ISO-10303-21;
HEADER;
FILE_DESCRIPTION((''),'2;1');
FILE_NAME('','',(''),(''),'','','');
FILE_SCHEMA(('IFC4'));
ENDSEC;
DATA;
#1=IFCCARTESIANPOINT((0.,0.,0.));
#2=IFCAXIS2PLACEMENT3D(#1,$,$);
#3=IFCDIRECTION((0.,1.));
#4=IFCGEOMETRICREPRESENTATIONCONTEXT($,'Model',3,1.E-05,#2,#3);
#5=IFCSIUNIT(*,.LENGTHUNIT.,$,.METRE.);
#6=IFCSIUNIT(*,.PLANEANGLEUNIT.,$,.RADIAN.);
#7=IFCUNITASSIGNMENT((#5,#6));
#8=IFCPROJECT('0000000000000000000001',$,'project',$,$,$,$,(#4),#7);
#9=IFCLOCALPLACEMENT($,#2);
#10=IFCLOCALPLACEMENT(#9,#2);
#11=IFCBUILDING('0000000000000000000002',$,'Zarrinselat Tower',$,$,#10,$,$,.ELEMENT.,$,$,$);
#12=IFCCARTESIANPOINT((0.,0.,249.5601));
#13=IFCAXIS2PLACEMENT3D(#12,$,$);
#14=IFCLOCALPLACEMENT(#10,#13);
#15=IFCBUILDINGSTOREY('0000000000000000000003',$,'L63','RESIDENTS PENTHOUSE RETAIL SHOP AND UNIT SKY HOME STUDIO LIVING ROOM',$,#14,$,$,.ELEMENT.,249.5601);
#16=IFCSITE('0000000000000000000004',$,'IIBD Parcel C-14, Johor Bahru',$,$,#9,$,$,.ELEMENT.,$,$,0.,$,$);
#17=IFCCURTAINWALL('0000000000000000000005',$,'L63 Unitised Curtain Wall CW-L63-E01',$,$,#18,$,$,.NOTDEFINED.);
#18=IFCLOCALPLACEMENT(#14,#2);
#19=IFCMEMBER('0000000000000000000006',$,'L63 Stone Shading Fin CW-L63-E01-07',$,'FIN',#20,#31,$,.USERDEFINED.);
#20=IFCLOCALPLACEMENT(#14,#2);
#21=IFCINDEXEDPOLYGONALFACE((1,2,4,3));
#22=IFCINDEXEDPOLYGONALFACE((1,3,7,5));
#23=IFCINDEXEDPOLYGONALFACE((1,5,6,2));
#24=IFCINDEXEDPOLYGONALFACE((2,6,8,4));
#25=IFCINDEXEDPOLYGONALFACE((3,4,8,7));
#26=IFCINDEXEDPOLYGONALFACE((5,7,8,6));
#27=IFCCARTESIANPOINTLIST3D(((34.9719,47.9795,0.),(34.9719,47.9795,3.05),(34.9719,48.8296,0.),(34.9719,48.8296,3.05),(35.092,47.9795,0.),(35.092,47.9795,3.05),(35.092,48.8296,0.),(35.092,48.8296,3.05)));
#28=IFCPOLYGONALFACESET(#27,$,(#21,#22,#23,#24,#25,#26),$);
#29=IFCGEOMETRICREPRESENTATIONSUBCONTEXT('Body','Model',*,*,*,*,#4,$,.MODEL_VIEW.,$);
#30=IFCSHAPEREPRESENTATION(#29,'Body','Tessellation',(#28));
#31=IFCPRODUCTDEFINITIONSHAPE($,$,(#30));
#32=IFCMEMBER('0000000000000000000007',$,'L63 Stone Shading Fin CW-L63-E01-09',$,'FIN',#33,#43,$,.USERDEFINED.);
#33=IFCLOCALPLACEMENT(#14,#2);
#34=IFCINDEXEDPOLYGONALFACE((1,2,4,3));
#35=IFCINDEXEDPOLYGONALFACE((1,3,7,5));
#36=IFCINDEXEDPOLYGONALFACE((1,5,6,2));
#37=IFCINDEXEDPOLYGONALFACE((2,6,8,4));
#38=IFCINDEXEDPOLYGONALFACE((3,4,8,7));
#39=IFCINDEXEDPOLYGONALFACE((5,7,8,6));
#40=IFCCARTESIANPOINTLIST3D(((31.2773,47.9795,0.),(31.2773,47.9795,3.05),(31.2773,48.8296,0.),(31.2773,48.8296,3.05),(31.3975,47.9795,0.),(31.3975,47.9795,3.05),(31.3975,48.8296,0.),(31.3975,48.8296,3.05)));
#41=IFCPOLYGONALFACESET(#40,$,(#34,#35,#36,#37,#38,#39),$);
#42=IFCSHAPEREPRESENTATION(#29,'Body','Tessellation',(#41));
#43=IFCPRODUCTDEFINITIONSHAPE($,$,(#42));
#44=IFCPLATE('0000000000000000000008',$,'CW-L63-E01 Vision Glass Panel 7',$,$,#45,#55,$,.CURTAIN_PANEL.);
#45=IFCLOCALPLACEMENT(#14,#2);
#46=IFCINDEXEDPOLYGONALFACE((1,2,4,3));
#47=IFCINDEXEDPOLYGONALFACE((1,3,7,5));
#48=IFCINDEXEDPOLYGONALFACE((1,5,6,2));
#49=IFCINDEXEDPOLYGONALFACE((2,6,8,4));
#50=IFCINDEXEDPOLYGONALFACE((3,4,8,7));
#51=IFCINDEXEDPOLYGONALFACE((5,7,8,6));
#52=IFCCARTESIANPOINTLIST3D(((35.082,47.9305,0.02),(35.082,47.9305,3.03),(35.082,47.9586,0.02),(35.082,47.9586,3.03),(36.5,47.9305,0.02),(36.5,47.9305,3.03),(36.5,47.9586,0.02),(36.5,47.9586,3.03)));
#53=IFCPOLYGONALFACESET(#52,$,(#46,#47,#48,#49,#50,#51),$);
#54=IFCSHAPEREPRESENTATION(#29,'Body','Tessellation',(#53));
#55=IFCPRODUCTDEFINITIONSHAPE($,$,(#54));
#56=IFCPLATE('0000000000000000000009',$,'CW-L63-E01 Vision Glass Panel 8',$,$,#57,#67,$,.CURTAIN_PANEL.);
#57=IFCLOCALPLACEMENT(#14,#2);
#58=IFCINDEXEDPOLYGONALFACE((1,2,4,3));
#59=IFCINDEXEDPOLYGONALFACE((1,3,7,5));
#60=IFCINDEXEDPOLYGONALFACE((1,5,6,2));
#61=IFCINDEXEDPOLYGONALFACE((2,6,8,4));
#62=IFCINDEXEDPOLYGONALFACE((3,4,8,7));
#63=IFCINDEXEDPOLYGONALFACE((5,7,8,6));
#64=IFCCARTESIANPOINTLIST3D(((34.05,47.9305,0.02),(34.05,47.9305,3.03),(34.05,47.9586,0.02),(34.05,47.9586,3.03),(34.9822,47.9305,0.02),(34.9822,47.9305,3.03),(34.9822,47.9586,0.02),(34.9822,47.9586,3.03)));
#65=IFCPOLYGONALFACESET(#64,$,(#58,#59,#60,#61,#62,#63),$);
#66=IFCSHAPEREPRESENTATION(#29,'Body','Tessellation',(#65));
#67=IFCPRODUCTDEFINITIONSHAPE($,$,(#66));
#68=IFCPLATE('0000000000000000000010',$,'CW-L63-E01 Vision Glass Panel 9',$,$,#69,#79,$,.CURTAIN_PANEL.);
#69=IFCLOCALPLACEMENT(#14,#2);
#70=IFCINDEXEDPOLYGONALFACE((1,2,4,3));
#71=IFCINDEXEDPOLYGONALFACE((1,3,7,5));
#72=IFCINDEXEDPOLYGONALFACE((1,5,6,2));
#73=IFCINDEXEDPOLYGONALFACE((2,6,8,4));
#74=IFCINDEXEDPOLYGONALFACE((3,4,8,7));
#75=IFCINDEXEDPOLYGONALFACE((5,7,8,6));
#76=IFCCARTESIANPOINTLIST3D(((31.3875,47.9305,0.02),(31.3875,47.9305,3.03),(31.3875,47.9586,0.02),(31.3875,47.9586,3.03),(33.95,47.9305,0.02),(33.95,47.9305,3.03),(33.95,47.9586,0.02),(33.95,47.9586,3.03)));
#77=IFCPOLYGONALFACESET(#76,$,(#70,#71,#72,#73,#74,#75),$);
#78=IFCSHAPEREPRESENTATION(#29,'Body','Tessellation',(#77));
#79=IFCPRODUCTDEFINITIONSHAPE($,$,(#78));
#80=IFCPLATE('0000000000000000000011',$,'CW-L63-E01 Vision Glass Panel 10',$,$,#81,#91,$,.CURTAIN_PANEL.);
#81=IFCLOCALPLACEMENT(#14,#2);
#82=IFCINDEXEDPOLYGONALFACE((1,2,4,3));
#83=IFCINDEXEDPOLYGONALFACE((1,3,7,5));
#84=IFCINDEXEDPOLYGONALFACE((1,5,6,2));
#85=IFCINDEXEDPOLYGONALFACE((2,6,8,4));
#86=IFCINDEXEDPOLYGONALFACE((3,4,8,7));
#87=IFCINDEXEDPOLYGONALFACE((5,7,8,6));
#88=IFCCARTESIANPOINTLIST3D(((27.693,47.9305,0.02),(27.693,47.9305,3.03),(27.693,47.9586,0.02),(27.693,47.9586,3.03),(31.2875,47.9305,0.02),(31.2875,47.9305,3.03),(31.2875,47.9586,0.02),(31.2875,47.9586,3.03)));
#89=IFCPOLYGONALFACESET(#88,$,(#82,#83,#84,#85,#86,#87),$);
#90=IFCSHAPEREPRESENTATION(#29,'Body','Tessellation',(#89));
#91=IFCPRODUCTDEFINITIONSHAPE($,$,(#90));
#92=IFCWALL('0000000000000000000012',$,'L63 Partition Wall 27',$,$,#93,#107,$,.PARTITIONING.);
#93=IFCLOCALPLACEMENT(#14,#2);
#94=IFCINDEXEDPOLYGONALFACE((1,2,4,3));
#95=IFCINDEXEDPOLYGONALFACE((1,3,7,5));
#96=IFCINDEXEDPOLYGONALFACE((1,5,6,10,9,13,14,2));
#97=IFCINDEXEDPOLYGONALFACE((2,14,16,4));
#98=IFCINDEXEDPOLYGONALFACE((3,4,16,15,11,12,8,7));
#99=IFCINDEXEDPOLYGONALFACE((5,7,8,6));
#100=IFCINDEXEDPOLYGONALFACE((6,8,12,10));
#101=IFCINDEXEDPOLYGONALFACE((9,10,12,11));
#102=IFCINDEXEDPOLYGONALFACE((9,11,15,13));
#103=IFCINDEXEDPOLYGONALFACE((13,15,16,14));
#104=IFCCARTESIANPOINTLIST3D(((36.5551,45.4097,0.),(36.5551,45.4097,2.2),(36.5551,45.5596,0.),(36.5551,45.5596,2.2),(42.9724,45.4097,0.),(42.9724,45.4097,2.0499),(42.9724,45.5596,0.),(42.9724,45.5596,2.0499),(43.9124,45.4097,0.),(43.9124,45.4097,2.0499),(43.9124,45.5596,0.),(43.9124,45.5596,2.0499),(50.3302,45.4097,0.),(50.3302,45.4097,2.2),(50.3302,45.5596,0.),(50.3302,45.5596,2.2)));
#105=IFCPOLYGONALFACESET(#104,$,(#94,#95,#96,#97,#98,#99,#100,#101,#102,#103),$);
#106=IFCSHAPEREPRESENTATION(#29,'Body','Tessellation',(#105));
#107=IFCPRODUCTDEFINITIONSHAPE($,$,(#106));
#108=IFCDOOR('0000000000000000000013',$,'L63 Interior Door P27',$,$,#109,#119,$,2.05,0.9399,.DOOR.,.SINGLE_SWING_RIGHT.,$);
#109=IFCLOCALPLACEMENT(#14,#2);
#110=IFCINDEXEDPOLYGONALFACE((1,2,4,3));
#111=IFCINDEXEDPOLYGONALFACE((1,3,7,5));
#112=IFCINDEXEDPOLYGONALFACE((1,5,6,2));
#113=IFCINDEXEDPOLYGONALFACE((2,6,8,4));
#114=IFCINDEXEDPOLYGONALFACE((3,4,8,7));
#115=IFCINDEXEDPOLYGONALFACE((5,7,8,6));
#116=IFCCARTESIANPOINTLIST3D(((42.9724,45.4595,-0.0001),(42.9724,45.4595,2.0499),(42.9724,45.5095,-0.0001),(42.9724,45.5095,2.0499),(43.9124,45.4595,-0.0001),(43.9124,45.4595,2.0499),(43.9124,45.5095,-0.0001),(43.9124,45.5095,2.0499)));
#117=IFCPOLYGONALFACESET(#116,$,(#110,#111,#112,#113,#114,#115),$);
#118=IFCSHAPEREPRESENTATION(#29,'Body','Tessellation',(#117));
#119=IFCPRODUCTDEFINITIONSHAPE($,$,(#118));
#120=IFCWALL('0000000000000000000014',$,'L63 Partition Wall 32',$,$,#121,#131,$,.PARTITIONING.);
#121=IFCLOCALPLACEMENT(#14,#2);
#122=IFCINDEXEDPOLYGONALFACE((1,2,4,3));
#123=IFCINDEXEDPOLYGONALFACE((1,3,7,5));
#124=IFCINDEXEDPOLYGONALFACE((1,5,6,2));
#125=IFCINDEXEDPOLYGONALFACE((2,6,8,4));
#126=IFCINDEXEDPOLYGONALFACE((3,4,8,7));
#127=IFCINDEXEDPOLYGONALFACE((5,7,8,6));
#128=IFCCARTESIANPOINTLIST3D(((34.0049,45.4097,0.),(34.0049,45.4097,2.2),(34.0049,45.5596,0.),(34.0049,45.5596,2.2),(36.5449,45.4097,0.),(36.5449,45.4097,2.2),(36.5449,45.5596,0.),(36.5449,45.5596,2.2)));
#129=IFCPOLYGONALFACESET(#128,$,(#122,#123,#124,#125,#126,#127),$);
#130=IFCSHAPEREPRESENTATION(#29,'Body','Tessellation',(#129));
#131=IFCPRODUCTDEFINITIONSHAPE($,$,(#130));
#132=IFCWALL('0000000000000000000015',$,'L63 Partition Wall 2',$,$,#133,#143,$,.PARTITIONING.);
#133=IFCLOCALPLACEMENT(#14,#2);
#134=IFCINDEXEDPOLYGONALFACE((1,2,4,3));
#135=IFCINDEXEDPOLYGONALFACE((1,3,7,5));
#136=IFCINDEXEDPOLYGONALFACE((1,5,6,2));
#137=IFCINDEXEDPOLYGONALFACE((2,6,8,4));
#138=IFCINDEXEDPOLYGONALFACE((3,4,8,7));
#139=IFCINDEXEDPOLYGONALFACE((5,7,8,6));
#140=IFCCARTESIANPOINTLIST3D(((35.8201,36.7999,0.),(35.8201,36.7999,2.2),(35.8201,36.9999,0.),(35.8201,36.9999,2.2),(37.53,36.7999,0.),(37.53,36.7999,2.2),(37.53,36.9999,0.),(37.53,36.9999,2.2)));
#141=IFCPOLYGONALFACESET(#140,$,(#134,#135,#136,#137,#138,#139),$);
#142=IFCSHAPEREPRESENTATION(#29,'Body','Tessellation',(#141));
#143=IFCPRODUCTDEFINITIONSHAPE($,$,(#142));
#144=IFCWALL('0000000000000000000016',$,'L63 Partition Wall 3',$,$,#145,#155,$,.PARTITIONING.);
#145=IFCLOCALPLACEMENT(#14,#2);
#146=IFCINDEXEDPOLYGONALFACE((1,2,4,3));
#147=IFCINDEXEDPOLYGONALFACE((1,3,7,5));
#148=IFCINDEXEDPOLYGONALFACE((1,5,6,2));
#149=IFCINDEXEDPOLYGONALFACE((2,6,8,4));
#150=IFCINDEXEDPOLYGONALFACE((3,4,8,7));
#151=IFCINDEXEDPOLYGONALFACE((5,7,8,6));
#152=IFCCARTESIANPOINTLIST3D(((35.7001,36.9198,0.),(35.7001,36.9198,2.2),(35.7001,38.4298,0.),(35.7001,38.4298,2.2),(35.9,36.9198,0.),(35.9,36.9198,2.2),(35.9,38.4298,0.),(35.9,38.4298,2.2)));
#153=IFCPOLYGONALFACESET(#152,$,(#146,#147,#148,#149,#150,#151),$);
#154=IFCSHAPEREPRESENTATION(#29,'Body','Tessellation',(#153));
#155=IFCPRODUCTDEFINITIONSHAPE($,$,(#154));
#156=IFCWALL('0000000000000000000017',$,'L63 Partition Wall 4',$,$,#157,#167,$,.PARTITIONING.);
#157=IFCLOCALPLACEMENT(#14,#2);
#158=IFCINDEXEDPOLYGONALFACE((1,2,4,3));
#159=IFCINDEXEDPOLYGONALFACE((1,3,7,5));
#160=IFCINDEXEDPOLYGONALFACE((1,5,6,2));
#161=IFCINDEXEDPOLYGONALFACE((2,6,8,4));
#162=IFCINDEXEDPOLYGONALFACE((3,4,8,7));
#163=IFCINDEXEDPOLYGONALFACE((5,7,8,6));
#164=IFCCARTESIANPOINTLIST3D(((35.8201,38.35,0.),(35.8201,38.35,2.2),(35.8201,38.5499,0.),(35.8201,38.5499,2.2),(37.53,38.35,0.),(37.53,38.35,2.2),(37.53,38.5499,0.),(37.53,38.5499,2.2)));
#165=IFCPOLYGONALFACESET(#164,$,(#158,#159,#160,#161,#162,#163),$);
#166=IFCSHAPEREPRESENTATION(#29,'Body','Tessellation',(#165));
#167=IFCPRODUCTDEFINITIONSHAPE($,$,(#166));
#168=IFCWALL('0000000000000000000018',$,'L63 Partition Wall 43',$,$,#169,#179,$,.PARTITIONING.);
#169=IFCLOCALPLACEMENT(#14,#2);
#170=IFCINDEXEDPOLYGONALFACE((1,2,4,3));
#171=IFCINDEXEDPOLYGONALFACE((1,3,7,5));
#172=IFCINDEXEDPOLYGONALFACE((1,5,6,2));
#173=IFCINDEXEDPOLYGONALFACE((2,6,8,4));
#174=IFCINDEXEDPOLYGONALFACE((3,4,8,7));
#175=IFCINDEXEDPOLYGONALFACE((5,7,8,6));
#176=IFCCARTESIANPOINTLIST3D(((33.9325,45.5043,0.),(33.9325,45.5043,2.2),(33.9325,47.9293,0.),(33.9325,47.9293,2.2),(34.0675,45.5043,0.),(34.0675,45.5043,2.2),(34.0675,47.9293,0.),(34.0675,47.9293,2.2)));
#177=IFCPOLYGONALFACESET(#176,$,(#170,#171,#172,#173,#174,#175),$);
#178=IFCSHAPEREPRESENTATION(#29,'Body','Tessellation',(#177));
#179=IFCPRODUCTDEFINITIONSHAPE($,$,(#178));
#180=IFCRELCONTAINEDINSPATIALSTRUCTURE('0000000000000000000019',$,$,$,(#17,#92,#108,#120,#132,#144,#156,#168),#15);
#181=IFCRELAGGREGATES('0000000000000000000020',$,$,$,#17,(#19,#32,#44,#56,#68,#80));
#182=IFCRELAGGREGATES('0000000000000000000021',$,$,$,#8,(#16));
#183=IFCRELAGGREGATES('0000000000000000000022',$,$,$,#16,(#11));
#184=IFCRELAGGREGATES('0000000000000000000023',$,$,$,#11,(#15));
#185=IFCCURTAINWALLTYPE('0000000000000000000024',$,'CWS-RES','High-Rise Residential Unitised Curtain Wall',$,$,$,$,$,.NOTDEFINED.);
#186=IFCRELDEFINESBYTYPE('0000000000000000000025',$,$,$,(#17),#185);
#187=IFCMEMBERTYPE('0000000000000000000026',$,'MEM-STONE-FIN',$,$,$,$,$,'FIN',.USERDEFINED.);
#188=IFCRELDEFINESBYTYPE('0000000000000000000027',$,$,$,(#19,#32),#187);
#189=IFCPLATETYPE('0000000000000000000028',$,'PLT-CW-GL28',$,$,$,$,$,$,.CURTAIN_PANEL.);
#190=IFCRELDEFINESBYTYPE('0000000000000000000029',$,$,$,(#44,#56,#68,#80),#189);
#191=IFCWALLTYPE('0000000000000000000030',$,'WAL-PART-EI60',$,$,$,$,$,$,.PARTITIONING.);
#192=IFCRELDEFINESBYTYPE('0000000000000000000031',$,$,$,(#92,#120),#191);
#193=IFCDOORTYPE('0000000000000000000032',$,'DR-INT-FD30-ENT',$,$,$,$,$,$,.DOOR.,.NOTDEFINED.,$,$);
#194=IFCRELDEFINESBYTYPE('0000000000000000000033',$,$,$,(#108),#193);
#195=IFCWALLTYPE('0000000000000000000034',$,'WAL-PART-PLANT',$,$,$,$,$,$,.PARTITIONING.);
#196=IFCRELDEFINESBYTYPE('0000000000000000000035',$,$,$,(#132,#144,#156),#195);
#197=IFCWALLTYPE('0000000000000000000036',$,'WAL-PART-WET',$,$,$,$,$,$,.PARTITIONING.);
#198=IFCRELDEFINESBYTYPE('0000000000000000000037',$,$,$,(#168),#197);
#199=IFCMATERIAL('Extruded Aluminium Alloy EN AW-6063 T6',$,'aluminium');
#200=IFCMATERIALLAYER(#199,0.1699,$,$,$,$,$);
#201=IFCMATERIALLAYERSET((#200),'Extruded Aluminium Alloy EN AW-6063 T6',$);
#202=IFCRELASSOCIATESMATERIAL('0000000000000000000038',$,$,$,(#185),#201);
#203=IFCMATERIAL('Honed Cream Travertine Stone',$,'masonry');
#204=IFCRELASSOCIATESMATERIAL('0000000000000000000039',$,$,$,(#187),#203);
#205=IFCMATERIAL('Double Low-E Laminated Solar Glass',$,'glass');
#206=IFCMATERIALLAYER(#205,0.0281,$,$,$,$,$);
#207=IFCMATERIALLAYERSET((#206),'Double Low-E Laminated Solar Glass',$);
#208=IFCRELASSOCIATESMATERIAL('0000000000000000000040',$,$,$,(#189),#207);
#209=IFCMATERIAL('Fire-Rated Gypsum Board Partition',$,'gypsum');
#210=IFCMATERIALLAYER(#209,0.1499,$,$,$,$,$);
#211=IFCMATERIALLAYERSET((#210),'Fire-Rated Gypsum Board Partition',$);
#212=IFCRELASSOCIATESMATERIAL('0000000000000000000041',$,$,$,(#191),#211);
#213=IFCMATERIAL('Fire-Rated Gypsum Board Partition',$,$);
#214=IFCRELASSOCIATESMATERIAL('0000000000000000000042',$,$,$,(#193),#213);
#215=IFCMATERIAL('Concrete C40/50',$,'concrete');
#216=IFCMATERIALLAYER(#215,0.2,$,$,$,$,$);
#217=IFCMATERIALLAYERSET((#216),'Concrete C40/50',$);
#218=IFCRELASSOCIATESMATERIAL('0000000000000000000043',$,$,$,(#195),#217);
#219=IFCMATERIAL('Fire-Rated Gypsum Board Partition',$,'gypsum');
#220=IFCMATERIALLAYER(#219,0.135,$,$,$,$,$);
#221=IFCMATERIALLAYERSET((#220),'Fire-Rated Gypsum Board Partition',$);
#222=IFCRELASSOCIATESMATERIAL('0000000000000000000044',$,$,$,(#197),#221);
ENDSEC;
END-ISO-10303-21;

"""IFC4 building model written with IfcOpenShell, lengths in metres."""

from ifc_helpers import new_model, si_unit, direction, frame, frame_2d, origin, origin_2d, place, context, subcontext, project, spatial, rectangle, extrude, material, layer, layer_set, material_profile, profile_set, type_object, element, fill, aggregate, save


model = new_model("IFC4")

# Units and contexts
model_context = context("Model", 3, precision=1e-05, world=origin(), true_north=direction((0.0, 1.0)))
body_context = subcontext(model_context, "Body", "Model", "MODEL_VIEW")
ifc_project = project(units=[si_unit("LENGTHUNIT", "METRE"), si_unit("PLANEANGLEUNIT", "RADIAN")], contexts=[model_context])

# Site, building, storey
site_placement = place(None, origin())
site = spatial("IfcSite", under=ifc_project, at=site_placement, Name="IIBD Parcel C-14, Johor Bahru", CompositionType="ELEMENT", RefElevation=0.0)
building_placement = place(site_placement, origin())
building = spatial("IfcBuilding", under=site, at=building_placement, Name="Zarrinselat Tower", CompositionType="ELEMENT")
storey_placement = place(building_placement, frame((0.0, 0.0, 249.5601)))
storey = spatial("IfcBuildingStorey", under=building, at=storey_placement, Name="L63", Description="RESIDENTS PENTHOUSE RETAIL SHOP AND UNIT SKY HOME STUDIO LIVING ROOM", CompositionType="ELEMENT", Elevation=249.5601)

# Curtain wall, members, plates
ifc_material_1 = material(Name="Extruded Aluminium Alloy EN AW-6063 T6", Category="aluminium")
ifc_layer_1 = layer(ifc_material_1, 0.1699)
ifc_layer_set_1 = layer_set([ifc_layer_1], Name="Extruded Aluminium Alloy EN AW-6063 T6")
curtain_wall_type = type_object("IfcCurtainWallType", Name="CWS-RES", Description="High-Rise Residential Unitised Curtain Wall", PredefinedType="NOTDEFINED", material=ifc_layer_set_1)
curtain_wall_placement = place(storey_placement, origin())
curtain_wall = element("IfcCurtainWall", 1, at=curtain_wall_placement, inside=storey, type_object=curtain_wall_type, Name="L63 Unitised Curtain Wall CW-L63-E01", PredefinedType="NOTDEFINED")
ifc_material_2 = material(Name="Honed Cream Travertine Stone", Category="masonry")
ifc_material_profile_1 = material_profile(ifc_material_2, rectangle(XDim=0.1201, YDim=0.8501, at=origin_2d()), Name="FIN 850x120")
ifc_profile_set_1 = profile_set([ifc_material_profile_1], Name="Honed Cream Travertine Stone")
member_type_1 = type_object("IfcMemberType", Name="MEM-STONE-FIN", ElementType="FIN", PredefinedType="USERDEFINED", material=ifc_profile_set_1)
member_1_placement = place(storey_placement, frame((35.032, 48.4045, 0.0), z_axis=(0.0, 0.0, 1.0), x_axis=(1.0, 0.0, 0.0)))
member_1 = element("IfcMember", 2, at=member_1_placement, type_object=member_type_1, Name="L63 Stone Shading Fin CW-L63-E01-07", ObjectType="FIN", PredefinedType="USERDEFINED", context=body_context, shape_type="SweptSolid", body=[
    extrude(rectangle(XDim=0.1201, YDim=0.8501, at=origin_2d()), origin(), (0.0, 0.0, 1.0), 3.05),
])
member_2_placement = place(storey_placement, frame((31.3374, 48.4045, 0.0), z_axis=(0.0, 0.0, 1.0), x_axis=(1.0, 0.0, 0.0)))
member_2 = element("IfcMember", 3, at=member_2_placement, type_object=member_type_1, Name="L63 Stone Shading Fin CW-L63-E01-09", ObjectType="FIN", PredefinedType="USERDEFINED", context=body_context, shape_type="SweptSolid", body=[
    extrude(rectangle(XDim=0.1201, YDim=0.8501, at=origin_2d()), origin(), (0.0, 0.0, 1.0), 3.05),
])
ifc_material_3 = material(Name="Double Low-E Laminated Solar Glass", Category="glass")
ifc_layer_2 = layer(ifc_material_3, 0.0281)
ifc_layer_set_2 = layer_set([ifc_layer_2], Name="Double Low-E Laminated Solar Glass")
plate_type = type_object("IfcPlateType", Name="PLT-CW-GL28", PredefinedType="CURTAIN_PANEL", material=ifc_layer_set_2)
plate_1_placement = place(storey_placement, frame((35.791, 47.9446, 0.02), z_axis=(0.0, 0.0, 1.0), x_axis=(-1.0, 0.0, 0.0)))
plate_1 = element("IfcPlate", 4, at=plate_1_placement, type_object=plate_type, Name="CW-L63-E01 Vision Glass Panel 7", PredefinedType="CURTAIN_PANEL", context=body_context, shape_type="SweptSolid", body=[
    extrude(rectangle(XDim=1.418, YDim=0.0281, at=origin_2d()), origin(), (0.0, 0.0, 1.0), 3.01),
])
plate_2_placement = place(storey_placement, frame((34.5161, 47.9446, 0.02), z_axis=(0.0, 0.0, 1.0), x_axis=(-1.0, 0.0, 0.0)))
plate_2 = element("IfcPlate", 5, at=plate_2_placement, type_object=plate_type, Name="CW-L63-E01 Vision Glass Panel 8", PredefinedType="CURTAIN_PANEL", context=body_context, shape_type="SweptSolid", body=[
    extrude(rectangle(XDim=0.9321, YDim=0.0281, at=origin_2d()), origin(), (0.0, 0.0, 1.0), 3.01),
])
plate_3_placement = place(storey_placement, frame((32.6687, 47.9446, 0.02), z_axis=(0.0, 0.0, 1.0), x_axis=(-1.0, 0.0, 0.0)))
plate_3 = element("IfcPlate", 6, at=plate_3_placement, type_object=plate_type, Name="CW-L63-E01 Vision Glass Panel 9", PredefinedType="CURTAIN_PANEL", context=body_context, shape_type="SweptSolid", body=[
    extrude(rectangle(XDim=2.5625, YDim=0.0281, at=origin_2d()), origin(), (0.0, 0.0, 1.0), 3.01),
])
plate_4_placement = place(storey_placement, frame((29.4902, 47.9446, 0.02), z_axis=(0.0, 0.0, 1.0), x_axis=(-1.0, 0.0, 0.0)))
plate_4 = element("IfcPlate", 7, at=plate_4_placement, type_object=plate_type, Name="CW-L63-E01 Vision Glass Panel 10", PredefinedType="CURTAIN_PANEL", context=body_context, shape_type="SweptSolid", body=[
    extrude(rectangle(XDim=3.5945, YDim=0.0281, at=origin_2d()), origin(), (0.0, 0.0, 1.0), 3.01),
])
aggregate(curtain_wall, [member_1, member_2, plate_1, plate_2, plate_3, plate_4])

# Wall, opening, door
ifc_material_4 = material(Name="Fire-Rated Gypsum Board Partition", Category="gypsum")
ifc_layer_3 = layer(ifc_material_4, 0.1499)
ifc_layer_set_3 = layer_set([ifc_layer_3], Name="Fire-Rated Gypsum Board Partition")
wall_type_1 = type_object("IfcWallType", Name="WAL-PART-EI60", PredefinedType="PARTITIONING", material=ifc_layer_set_3)
wall_1_placement = place(storey_placement, frame((36.5549, 45.4846, 0.0), z_axis=(0.0, 0.0, 1.0), x_axis=(1.0, 0.0, 0.0)))
wall_1 = element("IfcWall", 8, at=wall_1_placement, inside=storey, type_object=wall_type_1, Name="L63 Partition Wall 27", PredefinedType="PARTITIONING", context=body_context, shape_type="SweptSolid", body=[
    extrude(rectangle(XDim=13.7751, YDim=0.1499, at=frame_2d((6.8877, 0.0))), origin(), (0.0, 0.0, 1.0), 2.2),
])
opening_1_placement = place(wall_1_placement, frame((6.4175, 0.0, 0.0)))
opening_1 = element("IfcOpeningElement", 9, at=opening_1_placement, cuts=wall_1, PredefinedType="OPENING", context=body_context, shape_type="SweptSolid", body=[
    extrude(rectangle(XDim=0.9399, YDim=2.05, at=frame_2d((0.47, 1.0249))), frame((0.0, 0.085, 0.0), z_axis=(0.0, -1.0, 0.0), x_axis=(1.0, 0.0, 0.0)), (0.0, 0.0, 1.0), 0.1699),
])
ifc_material_5 = material(Name="Fire-Rated Gypsum Board Partition")
door_type_1 = type_object("IfcDoorType", Name="DR-INT-FD30-ENT", OperationType="NOTDEFINED", PredefinedType="DOOR", material=ifc_material_5)
door_1_placement = place(opening_1_placement, origin())
door_1 = element("IfcDoor", 10, at=door_1_placement, inside=storey, type_object=door_type_1, Name="L63 Interior Door P27", OperationType="SINGLE_SWING_RIGHT", OverallHeight=2.05, OverallWidth=0.9399, PredefinedType="DOOR", context=body_context, shape_type="SweptSolid", body=[
    extrude(rectangle(XDim=0.9399, YDim=2.05, at=frame_2d((0.47, 1.0249))), frame((0.0, 0.0249, 0.0), z_axis=(0.0, -1.0, 0.0), x_axis=(1.0, 0.0, 0.0)), (0.0, 0.0, 1.0), 0.05),
])
fill(opening_1, door_1)

# Walls
wall_2_placement = place(storey_placement, frame((34.0049, 45.4846, 0.0), z_axis=(0.0, 0.0, 1.0), x_axis=(1.0, 0.0, 0.0)))
element("IfcWall", 11, at=wall_2_placement, inside=storey, type_object=wall_type_1, Name="L63 Partition Wall 32", PredefinedType="PARTITIONING", context=body_context, shape_type="SweptSolid", body=[
    extrude(rectangle(XDim=2.54, YDim=0.1499, at=frame_2d((1.27, 0.0))), origin(), (0.0, 0.0, 1.0), 2.2),
])
ifc_material_6 = material(Name="Concrete C40/50", Category="concrete")
ifc_layer_4 = layer(ifc_material_6, 0.2)
ifc_layer_set_4 = layer_set([ifc_layer_4], Name="Concrete C40/50")
wall_type_2 = type_object("IfcWallType", Name="WAL-PART-PLANT", PredefinedType="PARTITIONING", material=ifc_layer_set_4)
wall_3_placement = place(storey_placement, frame((35.8201, 36.8999, 0.0), z_axis=(0.0, 0.0, 1.0), x_axis=(1.0, 0.0, 0.0)))
element("IfcWall", 12, at=wall_3_placement, inside=storey, type_object=wall_type_2, Name="L63 Partition Wall 2", PredefinedType="PARTITIONING", context=body_context, shape_type="SweptSolid", body=[
    extrude(rectangle(XDim=1.71, YDim=0.2, at=frame_2d((0.855, 0.0))), origin(), (0.0, 0.0, 1.0), 2.2),
])
wall_4_placement = place(storey_placement, frame((35.8, 36.9199, 0.0), z_axis=(0.0, 0.0, 1.0), x_axis=(0.0, 1.0, 0.0)))
element("IfcWall", 13, at=wall_4_placement, inside=storey, type_object=wall_type_2, Name="L63 Partition Wall 3", PredefinedType="PARTITIONING", context=body_context, shape_type="SweptSolid", body=[
    extrude(rectangle(XDim=1.51, YDim=0.2, at=frame_2d((0.7549, 0.0))), origin(), (0.0, 0.0, 1.0), 2.2),
])
wall_5_placement = place(storey_placement, frame((35.8201, 38.45, 0.0), z_axis=(0.0, 0.0, 1.0), x_axis=(1.0, 0.0, 0.0)))
element("IfcWall", 14, at=wall_5_placement, inside=storey, type_object=wall_type_2, Name="L63 Partition Wall 4", PredefinedType="PARTITIONING", context=body_context, shape_type="SweptSolid", body=[
    extrude(rectangle(XDim=1.71, YDim=0.2, at=frame_2d((0.855, 0.0))), origin(), (0.0, 0.0, 1.0), 2.2),
])
ifc_material_7 = material(Name="Fire-Rated Gypsum Board Partition", Category="gypsum")
ifc_layer_5 = layer(ifc_material_7, 0.135)
ifc_layer_set_5 = layer_set([ifc_layer_5], Name="Fire-Rated Gypsum Board Partition")
wall_type_3 = type_object("IfcWallType", Name="WAL-PART-WET", PredefinedType="PARTITIONING", material=ifc_layer_set_5)
wall_6_placement = place(storey_placement, frame((34.0, 45.5044, 0.0), z_axis=(0.0, 0.0, 1.0), x_axis=(0.0, 1.0, 0.0)))
element("IfcWall", 15, at=wall_6_placement, inside=storey, type_object=wall_type_3, Name="L63 Partition Wall 43", PredefinedType="PARTITIONING", context=body_context, shape_type="SweptSolid", body=[
    extrude(rectangle(XDim=2.425, YDim=0.135, at=frame_2d((1.2124, 0.0))), origin(), (0.0, 0.0, 1.0), 2.2),
])

save(model, "model.ifc")
